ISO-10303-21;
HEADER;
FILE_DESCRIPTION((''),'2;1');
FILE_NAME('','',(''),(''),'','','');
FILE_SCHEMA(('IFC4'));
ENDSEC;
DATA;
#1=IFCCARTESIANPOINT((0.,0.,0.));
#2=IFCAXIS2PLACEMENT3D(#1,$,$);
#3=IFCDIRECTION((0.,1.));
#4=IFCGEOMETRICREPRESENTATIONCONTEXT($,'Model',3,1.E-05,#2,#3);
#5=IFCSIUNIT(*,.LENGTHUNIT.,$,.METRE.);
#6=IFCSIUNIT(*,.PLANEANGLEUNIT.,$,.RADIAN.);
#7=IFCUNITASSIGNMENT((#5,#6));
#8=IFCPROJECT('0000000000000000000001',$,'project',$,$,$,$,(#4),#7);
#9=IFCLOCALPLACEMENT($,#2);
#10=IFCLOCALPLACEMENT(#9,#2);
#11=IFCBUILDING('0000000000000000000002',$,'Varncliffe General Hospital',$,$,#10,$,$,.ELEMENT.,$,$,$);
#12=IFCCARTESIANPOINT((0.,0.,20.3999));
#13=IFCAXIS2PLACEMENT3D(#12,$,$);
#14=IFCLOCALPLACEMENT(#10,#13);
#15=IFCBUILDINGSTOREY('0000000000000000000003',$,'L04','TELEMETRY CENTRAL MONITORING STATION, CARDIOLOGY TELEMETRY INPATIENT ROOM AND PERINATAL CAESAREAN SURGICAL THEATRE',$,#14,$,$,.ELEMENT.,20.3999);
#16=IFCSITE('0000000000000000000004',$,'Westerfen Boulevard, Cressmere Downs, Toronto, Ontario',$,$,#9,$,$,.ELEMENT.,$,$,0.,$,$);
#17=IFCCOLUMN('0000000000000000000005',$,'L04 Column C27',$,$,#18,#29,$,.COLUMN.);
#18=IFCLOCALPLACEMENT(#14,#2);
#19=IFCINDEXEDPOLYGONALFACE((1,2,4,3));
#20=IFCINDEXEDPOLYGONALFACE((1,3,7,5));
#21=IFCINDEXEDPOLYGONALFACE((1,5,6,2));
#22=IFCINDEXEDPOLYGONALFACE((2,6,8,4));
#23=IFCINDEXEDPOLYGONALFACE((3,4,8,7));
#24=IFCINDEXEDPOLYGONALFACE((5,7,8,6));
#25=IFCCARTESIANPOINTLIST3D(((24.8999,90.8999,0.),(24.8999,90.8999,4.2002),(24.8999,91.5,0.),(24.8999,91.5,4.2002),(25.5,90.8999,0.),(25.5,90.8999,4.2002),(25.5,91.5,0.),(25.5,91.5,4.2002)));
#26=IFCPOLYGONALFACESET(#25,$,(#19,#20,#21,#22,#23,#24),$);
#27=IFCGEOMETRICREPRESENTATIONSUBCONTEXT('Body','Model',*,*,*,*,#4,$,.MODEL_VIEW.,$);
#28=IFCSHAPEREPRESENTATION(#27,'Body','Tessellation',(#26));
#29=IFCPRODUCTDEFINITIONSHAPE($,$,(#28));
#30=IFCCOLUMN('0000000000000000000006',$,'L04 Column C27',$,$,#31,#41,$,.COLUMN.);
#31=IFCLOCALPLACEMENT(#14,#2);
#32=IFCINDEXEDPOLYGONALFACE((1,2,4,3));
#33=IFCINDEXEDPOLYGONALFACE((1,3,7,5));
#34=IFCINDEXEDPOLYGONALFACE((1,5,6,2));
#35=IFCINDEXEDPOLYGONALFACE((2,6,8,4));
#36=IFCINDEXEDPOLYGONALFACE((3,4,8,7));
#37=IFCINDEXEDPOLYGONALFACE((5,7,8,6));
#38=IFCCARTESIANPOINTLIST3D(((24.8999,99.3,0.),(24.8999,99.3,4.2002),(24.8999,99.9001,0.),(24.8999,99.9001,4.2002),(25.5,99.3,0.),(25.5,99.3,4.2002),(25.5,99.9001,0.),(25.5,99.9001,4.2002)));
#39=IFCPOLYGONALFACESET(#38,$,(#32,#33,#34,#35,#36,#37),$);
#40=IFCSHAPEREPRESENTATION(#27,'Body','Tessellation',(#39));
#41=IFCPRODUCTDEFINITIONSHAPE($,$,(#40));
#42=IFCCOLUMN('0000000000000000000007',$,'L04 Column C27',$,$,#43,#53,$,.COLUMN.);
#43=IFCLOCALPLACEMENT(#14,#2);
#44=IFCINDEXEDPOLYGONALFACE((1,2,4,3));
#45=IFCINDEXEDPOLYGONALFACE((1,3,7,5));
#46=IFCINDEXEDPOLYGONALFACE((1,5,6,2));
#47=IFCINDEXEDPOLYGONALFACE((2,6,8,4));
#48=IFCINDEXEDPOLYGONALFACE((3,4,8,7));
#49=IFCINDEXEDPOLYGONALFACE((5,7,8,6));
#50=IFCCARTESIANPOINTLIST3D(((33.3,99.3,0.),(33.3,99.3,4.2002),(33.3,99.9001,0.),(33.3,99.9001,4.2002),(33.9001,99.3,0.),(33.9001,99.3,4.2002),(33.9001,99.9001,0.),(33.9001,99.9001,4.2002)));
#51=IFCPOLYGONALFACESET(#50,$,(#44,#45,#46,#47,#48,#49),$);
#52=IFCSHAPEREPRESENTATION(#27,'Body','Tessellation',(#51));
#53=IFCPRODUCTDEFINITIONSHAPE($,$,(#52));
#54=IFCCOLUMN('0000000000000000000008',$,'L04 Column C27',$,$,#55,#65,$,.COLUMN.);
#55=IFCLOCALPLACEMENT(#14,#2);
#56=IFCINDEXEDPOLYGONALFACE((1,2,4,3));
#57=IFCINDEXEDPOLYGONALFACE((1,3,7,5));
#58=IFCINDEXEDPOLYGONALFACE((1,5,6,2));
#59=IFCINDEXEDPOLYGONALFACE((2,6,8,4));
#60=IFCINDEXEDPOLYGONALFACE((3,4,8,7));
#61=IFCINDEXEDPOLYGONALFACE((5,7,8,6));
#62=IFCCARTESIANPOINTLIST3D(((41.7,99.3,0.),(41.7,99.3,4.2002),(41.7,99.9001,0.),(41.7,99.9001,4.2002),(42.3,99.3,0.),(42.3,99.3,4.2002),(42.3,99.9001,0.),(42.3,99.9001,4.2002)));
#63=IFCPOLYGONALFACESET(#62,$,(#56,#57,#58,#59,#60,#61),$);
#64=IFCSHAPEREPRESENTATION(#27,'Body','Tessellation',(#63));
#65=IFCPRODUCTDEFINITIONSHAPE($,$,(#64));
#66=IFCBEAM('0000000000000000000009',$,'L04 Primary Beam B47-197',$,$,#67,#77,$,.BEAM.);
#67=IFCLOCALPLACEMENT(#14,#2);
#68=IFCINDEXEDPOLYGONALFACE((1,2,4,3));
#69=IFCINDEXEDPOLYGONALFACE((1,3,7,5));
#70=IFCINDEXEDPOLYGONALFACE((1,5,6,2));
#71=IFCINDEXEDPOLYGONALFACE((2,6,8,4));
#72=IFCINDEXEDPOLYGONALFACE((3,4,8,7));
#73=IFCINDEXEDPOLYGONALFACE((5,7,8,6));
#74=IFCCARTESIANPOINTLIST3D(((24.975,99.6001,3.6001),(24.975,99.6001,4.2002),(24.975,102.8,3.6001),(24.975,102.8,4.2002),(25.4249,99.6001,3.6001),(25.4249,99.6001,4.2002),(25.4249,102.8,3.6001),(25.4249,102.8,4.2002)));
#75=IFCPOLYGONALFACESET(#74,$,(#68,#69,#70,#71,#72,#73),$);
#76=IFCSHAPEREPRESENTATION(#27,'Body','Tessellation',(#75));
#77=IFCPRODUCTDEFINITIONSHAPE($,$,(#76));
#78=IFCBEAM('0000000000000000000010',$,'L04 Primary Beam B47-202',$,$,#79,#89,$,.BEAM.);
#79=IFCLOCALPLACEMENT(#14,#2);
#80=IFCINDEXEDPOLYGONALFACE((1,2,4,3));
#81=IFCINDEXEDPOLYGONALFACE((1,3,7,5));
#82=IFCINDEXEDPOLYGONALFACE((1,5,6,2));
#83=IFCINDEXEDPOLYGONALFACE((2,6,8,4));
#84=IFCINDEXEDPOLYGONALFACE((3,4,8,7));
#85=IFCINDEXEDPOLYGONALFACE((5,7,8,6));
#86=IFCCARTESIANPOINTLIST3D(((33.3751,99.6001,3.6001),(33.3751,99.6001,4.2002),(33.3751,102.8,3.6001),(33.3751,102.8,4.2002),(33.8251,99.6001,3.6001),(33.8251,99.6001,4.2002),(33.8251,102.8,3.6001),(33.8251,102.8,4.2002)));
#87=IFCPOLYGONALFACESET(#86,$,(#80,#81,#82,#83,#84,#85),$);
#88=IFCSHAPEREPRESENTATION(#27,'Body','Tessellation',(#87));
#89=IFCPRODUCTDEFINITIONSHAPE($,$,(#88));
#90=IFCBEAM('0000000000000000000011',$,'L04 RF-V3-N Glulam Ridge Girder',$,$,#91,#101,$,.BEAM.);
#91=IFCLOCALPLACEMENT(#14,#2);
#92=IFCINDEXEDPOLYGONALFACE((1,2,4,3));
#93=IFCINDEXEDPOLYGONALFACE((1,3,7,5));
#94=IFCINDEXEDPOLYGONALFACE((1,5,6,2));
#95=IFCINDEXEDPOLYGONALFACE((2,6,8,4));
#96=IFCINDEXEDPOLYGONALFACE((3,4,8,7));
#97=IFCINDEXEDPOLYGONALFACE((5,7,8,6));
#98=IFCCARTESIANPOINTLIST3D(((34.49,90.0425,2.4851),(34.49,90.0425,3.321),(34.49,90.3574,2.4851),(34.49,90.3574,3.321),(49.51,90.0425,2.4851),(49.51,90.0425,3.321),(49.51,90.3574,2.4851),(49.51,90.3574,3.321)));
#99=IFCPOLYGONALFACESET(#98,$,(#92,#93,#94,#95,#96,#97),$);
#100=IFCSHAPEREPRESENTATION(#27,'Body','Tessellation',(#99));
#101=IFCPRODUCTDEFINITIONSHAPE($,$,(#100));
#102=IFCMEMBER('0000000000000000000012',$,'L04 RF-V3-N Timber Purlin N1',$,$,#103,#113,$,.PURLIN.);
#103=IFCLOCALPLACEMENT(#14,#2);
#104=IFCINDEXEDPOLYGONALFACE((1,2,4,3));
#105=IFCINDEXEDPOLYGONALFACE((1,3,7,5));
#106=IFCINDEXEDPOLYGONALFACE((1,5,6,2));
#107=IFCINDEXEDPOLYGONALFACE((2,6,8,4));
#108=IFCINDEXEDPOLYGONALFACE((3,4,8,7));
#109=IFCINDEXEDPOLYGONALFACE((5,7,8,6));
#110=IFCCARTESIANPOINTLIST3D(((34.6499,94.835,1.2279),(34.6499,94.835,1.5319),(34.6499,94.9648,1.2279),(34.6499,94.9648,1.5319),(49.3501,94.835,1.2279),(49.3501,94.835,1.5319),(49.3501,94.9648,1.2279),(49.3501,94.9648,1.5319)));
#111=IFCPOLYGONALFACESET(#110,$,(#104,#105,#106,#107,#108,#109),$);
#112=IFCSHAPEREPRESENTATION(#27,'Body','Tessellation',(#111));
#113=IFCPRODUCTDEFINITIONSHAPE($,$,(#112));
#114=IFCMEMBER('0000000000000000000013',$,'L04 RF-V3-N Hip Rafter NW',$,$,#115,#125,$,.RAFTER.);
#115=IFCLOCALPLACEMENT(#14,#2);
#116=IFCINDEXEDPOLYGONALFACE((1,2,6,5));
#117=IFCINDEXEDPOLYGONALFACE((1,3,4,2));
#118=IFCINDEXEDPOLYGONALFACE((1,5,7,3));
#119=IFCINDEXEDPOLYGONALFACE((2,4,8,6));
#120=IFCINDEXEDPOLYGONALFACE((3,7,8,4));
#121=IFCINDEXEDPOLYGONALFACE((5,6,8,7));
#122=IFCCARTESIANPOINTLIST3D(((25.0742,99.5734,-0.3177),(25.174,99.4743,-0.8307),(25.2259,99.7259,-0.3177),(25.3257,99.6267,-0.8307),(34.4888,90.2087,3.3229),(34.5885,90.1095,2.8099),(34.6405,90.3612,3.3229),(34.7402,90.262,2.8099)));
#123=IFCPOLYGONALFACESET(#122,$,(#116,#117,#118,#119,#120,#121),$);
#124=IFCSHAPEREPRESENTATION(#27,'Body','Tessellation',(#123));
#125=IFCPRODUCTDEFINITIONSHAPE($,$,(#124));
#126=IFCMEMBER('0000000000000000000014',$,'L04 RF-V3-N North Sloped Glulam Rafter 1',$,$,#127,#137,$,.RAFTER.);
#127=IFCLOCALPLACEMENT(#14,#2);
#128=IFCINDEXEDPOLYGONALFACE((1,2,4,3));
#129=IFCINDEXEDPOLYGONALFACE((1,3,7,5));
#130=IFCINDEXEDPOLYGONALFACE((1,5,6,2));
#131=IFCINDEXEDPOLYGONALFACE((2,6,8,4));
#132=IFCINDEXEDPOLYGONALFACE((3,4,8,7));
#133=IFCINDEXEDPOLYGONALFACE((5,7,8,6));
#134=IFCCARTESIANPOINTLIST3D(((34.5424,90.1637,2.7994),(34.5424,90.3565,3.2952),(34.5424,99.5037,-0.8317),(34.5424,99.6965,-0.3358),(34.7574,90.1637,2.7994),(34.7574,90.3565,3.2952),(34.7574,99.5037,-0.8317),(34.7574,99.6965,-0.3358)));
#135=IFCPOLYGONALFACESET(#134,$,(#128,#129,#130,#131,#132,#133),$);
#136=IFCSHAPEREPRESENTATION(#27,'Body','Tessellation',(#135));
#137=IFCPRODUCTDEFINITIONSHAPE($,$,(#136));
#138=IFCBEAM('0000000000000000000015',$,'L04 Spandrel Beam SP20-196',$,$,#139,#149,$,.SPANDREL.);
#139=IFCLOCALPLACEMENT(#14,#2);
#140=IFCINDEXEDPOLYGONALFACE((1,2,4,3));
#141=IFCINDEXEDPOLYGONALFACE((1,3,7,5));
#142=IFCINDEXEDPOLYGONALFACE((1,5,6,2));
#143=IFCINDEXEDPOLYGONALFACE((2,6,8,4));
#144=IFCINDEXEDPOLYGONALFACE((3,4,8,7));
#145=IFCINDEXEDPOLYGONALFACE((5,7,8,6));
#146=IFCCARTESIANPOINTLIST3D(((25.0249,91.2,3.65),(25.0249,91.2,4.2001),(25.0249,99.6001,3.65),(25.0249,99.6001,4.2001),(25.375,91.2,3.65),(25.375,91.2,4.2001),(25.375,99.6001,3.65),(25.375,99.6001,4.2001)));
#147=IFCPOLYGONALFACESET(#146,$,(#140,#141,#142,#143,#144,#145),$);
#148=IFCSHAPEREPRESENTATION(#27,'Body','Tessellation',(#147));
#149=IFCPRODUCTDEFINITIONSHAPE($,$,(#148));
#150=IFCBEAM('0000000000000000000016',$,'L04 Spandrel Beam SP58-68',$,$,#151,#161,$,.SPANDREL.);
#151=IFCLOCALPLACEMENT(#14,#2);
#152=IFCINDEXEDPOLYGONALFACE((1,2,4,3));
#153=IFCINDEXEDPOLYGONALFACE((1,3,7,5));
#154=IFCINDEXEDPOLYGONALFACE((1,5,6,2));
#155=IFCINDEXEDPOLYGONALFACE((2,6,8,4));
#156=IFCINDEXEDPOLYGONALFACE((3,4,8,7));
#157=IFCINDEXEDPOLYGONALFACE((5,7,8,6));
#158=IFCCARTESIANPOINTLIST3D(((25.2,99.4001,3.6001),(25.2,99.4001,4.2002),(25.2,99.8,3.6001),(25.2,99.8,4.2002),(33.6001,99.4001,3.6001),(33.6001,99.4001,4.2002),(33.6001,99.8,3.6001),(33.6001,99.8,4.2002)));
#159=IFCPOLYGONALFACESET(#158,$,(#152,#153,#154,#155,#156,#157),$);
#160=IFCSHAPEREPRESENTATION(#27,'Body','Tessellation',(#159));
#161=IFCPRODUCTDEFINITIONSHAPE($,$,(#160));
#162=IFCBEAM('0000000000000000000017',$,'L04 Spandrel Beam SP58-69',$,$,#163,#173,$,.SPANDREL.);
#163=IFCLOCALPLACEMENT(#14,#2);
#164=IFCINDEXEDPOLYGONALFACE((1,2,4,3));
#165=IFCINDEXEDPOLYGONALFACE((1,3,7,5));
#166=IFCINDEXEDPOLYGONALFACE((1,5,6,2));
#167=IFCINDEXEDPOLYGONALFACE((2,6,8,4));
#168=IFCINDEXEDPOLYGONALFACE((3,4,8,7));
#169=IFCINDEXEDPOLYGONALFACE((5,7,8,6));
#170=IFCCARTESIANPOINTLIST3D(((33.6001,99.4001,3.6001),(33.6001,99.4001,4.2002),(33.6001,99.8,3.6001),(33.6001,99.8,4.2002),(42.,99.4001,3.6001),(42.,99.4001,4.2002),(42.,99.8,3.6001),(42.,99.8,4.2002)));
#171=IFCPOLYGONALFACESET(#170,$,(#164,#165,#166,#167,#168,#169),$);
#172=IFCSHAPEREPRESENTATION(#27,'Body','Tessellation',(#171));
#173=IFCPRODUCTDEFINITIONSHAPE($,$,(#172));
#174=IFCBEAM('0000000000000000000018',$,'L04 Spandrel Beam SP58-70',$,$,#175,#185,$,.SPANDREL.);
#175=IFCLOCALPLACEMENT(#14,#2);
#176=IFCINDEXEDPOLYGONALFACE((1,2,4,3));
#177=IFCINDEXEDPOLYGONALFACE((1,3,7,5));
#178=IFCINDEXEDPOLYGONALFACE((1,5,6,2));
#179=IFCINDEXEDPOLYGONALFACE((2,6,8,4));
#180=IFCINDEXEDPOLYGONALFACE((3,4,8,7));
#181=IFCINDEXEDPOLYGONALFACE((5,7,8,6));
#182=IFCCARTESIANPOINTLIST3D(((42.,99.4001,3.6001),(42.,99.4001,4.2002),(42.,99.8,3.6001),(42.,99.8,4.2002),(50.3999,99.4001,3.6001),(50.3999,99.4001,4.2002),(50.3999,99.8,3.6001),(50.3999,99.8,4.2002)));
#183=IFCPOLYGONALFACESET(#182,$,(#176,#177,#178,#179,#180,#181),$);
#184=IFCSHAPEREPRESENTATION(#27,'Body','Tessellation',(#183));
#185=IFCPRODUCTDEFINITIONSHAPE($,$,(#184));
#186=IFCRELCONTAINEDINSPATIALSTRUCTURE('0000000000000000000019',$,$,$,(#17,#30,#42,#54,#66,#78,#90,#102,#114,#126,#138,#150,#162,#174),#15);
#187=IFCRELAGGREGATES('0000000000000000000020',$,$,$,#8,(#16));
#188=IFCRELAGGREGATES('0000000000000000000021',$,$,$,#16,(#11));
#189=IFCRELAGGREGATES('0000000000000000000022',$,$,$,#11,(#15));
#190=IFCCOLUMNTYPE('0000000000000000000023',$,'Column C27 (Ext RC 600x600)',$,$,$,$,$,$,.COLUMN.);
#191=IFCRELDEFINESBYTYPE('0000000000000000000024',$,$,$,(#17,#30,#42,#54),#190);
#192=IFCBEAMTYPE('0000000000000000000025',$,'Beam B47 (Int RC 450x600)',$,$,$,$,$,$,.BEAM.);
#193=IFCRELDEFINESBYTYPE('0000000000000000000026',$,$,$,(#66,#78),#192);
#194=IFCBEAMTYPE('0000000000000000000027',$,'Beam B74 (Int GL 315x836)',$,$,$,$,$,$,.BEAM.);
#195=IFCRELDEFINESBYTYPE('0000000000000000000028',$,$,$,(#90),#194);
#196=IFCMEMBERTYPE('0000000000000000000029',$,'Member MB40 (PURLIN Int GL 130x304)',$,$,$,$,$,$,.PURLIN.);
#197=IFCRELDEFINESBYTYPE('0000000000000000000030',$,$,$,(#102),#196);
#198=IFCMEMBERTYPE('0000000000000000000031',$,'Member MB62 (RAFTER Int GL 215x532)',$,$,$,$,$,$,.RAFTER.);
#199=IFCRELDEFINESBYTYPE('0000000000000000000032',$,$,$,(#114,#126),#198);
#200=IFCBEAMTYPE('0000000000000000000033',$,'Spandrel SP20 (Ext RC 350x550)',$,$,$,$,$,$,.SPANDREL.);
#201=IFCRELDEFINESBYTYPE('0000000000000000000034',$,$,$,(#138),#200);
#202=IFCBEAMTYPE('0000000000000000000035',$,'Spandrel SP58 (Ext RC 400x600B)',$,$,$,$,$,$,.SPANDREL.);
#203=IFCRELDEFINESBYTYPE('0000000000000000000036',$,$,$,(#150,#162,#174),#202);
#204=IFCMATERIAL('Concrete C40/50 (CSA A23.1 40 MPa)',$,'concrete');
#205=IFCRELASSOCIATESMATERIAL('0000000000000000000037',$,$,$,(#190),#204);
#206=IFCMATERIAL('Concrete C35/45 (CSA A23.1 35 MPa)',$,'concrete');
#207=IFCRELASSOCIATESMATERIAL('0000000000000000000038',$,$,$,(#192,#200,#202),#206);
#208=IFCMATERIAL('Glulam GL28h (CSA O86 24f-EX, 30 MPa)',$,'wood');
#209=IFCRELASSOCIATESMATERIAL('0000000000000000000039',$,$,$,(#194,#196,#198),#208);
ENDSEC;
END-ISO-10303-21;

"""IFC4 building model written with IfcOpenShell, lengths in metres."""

from ifc_helpers import new_model, si_unit, direction, frame, origin, origin_2d, place, context, subcontext, project, spatial, rectangle, extrude, material, material_profile, profile_set, type_object, element, save


model = new_model("IFC4")

# Units and contexts
model_context = context("Model", 3, precision=1e-05, world=origin(), true_north=direction((0.0, 1.0)))
body_context = subcontext(model_context, "Body", "Model", "MODEL_VIEW")
ifc_project = project(units=[si_unit("LENGTHUNIT", "METRE"), si_unit("PLANEANGLEUNIT", "RADIAN")], contexts=[model_context])

# Site, building, storey
site_placement = place(None, origin())
site = spatial("IfcSite", under=ifc_project, at=site_placement, Name="Westerfen Boulevard, Cressmere Downs, Toronto, Ontario", CompositionType="ELEMENT", RefElevation=0.0)
building_placement = place(site_placement, origin())
building = spatial("IfcBuilding", under=site, at=building_placement, Name="Varncliffe General Hospital", CompositionType="ELEMENT")
storey_placement = place(building_placement, frame((0.0, 0.0, 20.3999)))
storey = spatial("IfcBuildingStorey", under=building, at=storey_placement, Name="L04", Description="TELEMETRY CENTRAL MONITORING STATION, CARDIOLOGY TELEMETRY INPATIENT ROOM AND PERINATAL CAESAREAN SURGICAL THEATRE", CompositionType="ELEMENT", Elevation=20.3999)

# Columns
ifc_material_1 = material(Name="Concrete C40/50 (CSA A23.1 40 MPa)", Category="concrete")
ifc_material_profile_1 = material_profile(ifc_material_1, rectangle(XDim=0.6001, YDim=0.6001, at=origin_2d()), Name="RC 600x600")
ifc_profile_set_1 = profile_set([ifc_material_profile_1], Name="Concrete C40/50 (CSA A23.1 40 MPa)")
column_type = type_object("IfcColumnType", Name="Column C27 (Ext RC 600x600)", PredefinedType="COLUMN", material=ifc_profile_set_1)
for number, where, z_axis, x_axis, name in (
    (1, (25.2, 91.2, 0.0), (0.0, 0.0, 1.0), (1.0, 0.0, 0.0), "L04 Column C27"),
    (2, (25.2, 99.6001, 0.0), (0.0, 0.0, 1.0), (1.0, 0.0, 0.0), "L04 Column C27"),
    (3, (33.6001, 99.6001, 0.0), (0.0, 0.0, 1.0), (1.0, 0.0, 0.0), "L04 Column C27"),
    (4, (42.0, 99.6001, 0.0), (0.0, 0.0, 1.0), (1.0, 0.0, 0.0), "L04 Column C27"),
):
    element("IfcColumn", number, at=place(storey_placement, frame(where, z_axis=z_axis, x_axis=x_axis)), inside=storey, type_object=column_type, Name=name, PredefinedType="COLUMN", context=body_context, shape_type="SweptSolid", body=[
        extrude(rectangle(XDim=0.6001, YDim=0.6001, at=origin_2d()), origin(), (0.0, 0.0, 1.0), 4.2002),
    ])

# Beams
ifc_material_2 = material(Name="Concrete C35/45 (CSA A23.1 35 MPa)", Category="concrete")
ifc_material_profile_2 = material_profile(ifc_material_2, rectangle(XDim=0.45, YDim=0.6001, at=origin_2d()), Name="RC 450x600")
ifc_profile_set_2 = profile_set([ifc_material_profile_2], Name="Concrete C35/45 (CSA A23.1 35 MPa)")
beam_type_1 = type_object("IfcBeamType", Name="Beam B47 (Int RC 450x600)", PredefinedType="BEAM", material=ifc_profile_set_2)
for number, where, z_axis, x_axis, name in (
    (5, (25.2, 99.6001, 3.9001), (0.0, 1.0, 0.0), (-1.0, 0.0, 0.0), "L04 Primary Beam B47-197"),
    (6, (33.6001, 99.6001, 3.9001), (0.0, 1.0, 0.0), (-1.0, 0.0, 0.0), "L04 Primary Beam B47-202"),
):
    element("IfcBeam", number, at=place(storey_placement, frame(where, z_axis=z_axis, x_axis=x_axis)), inside=storey, type_object=beam_type_1, Name=name, PredefinedType="BEAM", context=body_context, shape_type="SweptSolid", body=[
        extrude(rectangle(XDim=0.45, YDim=0.6001, at=origin_2d()), origin(), (0.0, 0.0, 1.0), 3.2),
    ])
ifc_material_3 = material(Name="Glulam GL28h (CSA O86 24f-EX, 30 MPa)", Category="wood")
ifc_material_profile_3 = material_profile(ifc_material_3, rectangle(XDim=0.3149, YDim=0.8359, at=origin_2d()), Name="GL 315x836")
ifc_profile_set_3 = profile_set([ifc_material_profile_3], Name="Glulam GL28h (CSA O86 24f-EX, 30 MPa)")
beam_type_2 = type_object("IfcBeamType", Name="Beam B74 (Int GL 315x836)", PredefinedType="BEAM", material=ifc_profile_set_3)
beam_1_placement = place(storey_placement, frame((34.49, 90.2, 2.9031), z_axis=(1.0, 0.0, 0.0), x_axis=(0.0, 1.0, 0.0)))
element("IfcBeam", 7, at=beam_1_placement, inside=storey, type_object=beam_type_2, Name="L04 RF-V3-N Glulam Ridge Girder", PredefinedType="BEAM", context=body_context, shape_type="SweptSolid", body=[
    extrude(rectangle(XDim=0.3149, YDim=0.8359, at=origin_2d()), origin(), (0.0, 0.0, 1.0), 15.02),
])

# Members
ifc_material_profile_4 = material_profile(ifc_material_3, rectangle(XDim=0.1299, YDim=0.304, at=origin_2d()), Name="GL 130x304")
ifc_profile_set_4 = profile_set([ifc_material_profile_4], Name="Glulam GL28h (CSA O86 24f-EX, 30 MPa)")
member_type_1 = type_object("IfcMemberType", Name="Member MB40 (PURLIN Int GL 130x304)", PredefinedType="PURLIN", material=ifc_profile_set_4)
member_1_placement = place(storey_placement, frame((34.6499, 94.8999, 1.3799), z_axis=(1.0, 0.0, 0.0), x_axis=(0.0, 1.0, 0.0)))
element("IfcMember", 8, at=member_1_placement, inside=storey, type_object=member_type_1, Name="L04 RF-V3-N Timber Purlin N1", PredefinedType="PURLIN", context=body_context, shape_type="SweptSolid", body=[
    extrude(rectangle(XDim=0.1299, YDim=0.304, at=origin_2d()), origin(), (0.0, 0.0, 1.0), 14.7002),
])
ifc_material_profile_5 = material_profile(ifc_material_3, rectangle(XDim=0.2151, YDim=0.532, at=origin_2d()), Name="GL 215x532")
ifc_profile_set_5 = profile_set([ifc_material_profile_5], Name="Glulam GL28h (CSA O86 24f-EX, 30 MPa)")
member_type_2 = type_object("IfcMemberType", Name="Member MB62 (RAFTER Int GL 215x532)", PredefinedType="RAFTER", material=ifc_profile_set_5)
member_2_placement = place(storey_placement, frame((25.2, 99.6001, -0.5742), z_axis=(0.683748, -0.680131, 0.264407), x_axis=(0.705229, 0.70898, 0.0)))
element("IfcMember", 9, at=member_2_placement, inside=storey, type_object=member_type_2, Name="L04 RF-V3-N Hip Rafter NW", PredefinedType="RAFTER", context=body_context, shape_type="SweptSolid", body=[
    extrude(rectangle(XDim=0.2151, YDim=0.532, at=origin_2d()), origin(), (0.0, 0.0, 1.0), 13.769),
])
member_3_placement = place(storey_placement, frame((34.6499, 99.6001, -0.5837), z_axis=(0.0, -0.932044, 0.362346), x_axis=(1.0, 0.0, 0.0)))
element("IfcMember", 10, at=member_3_placement, inside=storey, type_object=member_type_2, Name="L04 RF-V3-N North Sloped Glulam Rafter 1", PredefinedType="RAFTER", context=body_context, shape_type="SweptSolid", body=[
    extrude(rectangle(XDim=0.2151, YDim=0.532, at=origin_2d()), origin(), (0.0, 0.0, 1.0), 10.021),
])

# Beams
ifc_material_profile_6 = material_profile(ifc_material_2, rectangle(XDim=0.3501, YDim=0.55, at=origin_2d()), Name="RC 350x550")
ifc_profile_set_6 = profile_set([ifc_material_profile_6], Name="Concrete C35/45 (CSA A23.1 35 MPa)")
beam_type_3 = type_object("IfcBeamType", Name="Spandrel SP20 (Ext RC 350x550)", PredefinedType="SPANDREL", material=ifc_profile_set_6)
beam_2_placement = place(storey_placement, frame((25.2, 91.2, 3.925), z_axis=(0.0, 1.0, 0.0), x_axis=(-1.0, 0.0, 0.0)))
element("IfcBeam", 11, at=beam_2_placement, inside=storey, type_object=beam_type_3, Name="L04 Spandrel Beam SP20-196", PredefinedType="SPANDREL", context=body_context, shape_type="SweptSolid", body=[
    extrude(rectangle(XDim=0.3501, YDim=0.55, at=origin_2d()), origin(), (0.0, 0.0, 1.0), 8.4001),
])
ifc_material_profile_7 = material_profile(ifc_material_2, rectangle(XDim=0.3999, YDim=0.6001, at=origin_2d()), Name="RC 400x600")
ifc_profile_set_7 = profile_set([ifc_material_profile_7], Name="Concrete C35/45 (CSA A23.1 35 MPa)")
beam_type_4 = type_object("IfcBeamType", Name="Spandrel SP58 (Ext RC 400x600B)", PredefinedType="SPANDREL", material=ifc_profile_set_7)
beam_3_placement = place(storey_placement, frame((25.2, 99.6001, 3.9001), z_axis=(1.0, 0.0, 0.0), x_axis=(0.0, 1.0, 0.0)))
element("IfcBeam", 12, at=beam_3_placement, inside=storey, type_object=beam_type_4, Name="L04 Spandrel Beam SP58-68", PredefinedType="SPANDREL", context=body_context, shape_type="SweptSolid", body=[
    extrude(rectangle(XDim=0.3999, YDim=0.6001, at=origin_2d()), origin(), (0.0, 0.0, 1.0), 8.4001),
])
for number, where, z_axis, x_axis, name in (
    (13, (33.6001, 99.6001, 3.9001), (1.0, 0.0, 0.0), (0.0, 1.0, 0.0), "L04 Spandrel Beam SP58-69"),
    (14, (42.0, 99.6001, 3.9001), (1.0, 0.0, 0.0), (0.0, 1.0, 0.0), "L04 Spandrel Beam SP58-70"),
):
    element("IfcBeam", number, at=place(storey_placement, frame(where, z_axis=z_axis, x_axis=x_axis)), inside=storey, type_object=beam_type_4, Name=name, PredefinedType="SPANDREL", context=body_context, shape_type="SweptSolid", body=[
        extrude(rectangle(XDim=0.3999, YDim=0.6001, at=origin_2d()), origin(), (0.0, 0.0, 1.0), 8.3999),
    ])

save(model, "model.ifc")
